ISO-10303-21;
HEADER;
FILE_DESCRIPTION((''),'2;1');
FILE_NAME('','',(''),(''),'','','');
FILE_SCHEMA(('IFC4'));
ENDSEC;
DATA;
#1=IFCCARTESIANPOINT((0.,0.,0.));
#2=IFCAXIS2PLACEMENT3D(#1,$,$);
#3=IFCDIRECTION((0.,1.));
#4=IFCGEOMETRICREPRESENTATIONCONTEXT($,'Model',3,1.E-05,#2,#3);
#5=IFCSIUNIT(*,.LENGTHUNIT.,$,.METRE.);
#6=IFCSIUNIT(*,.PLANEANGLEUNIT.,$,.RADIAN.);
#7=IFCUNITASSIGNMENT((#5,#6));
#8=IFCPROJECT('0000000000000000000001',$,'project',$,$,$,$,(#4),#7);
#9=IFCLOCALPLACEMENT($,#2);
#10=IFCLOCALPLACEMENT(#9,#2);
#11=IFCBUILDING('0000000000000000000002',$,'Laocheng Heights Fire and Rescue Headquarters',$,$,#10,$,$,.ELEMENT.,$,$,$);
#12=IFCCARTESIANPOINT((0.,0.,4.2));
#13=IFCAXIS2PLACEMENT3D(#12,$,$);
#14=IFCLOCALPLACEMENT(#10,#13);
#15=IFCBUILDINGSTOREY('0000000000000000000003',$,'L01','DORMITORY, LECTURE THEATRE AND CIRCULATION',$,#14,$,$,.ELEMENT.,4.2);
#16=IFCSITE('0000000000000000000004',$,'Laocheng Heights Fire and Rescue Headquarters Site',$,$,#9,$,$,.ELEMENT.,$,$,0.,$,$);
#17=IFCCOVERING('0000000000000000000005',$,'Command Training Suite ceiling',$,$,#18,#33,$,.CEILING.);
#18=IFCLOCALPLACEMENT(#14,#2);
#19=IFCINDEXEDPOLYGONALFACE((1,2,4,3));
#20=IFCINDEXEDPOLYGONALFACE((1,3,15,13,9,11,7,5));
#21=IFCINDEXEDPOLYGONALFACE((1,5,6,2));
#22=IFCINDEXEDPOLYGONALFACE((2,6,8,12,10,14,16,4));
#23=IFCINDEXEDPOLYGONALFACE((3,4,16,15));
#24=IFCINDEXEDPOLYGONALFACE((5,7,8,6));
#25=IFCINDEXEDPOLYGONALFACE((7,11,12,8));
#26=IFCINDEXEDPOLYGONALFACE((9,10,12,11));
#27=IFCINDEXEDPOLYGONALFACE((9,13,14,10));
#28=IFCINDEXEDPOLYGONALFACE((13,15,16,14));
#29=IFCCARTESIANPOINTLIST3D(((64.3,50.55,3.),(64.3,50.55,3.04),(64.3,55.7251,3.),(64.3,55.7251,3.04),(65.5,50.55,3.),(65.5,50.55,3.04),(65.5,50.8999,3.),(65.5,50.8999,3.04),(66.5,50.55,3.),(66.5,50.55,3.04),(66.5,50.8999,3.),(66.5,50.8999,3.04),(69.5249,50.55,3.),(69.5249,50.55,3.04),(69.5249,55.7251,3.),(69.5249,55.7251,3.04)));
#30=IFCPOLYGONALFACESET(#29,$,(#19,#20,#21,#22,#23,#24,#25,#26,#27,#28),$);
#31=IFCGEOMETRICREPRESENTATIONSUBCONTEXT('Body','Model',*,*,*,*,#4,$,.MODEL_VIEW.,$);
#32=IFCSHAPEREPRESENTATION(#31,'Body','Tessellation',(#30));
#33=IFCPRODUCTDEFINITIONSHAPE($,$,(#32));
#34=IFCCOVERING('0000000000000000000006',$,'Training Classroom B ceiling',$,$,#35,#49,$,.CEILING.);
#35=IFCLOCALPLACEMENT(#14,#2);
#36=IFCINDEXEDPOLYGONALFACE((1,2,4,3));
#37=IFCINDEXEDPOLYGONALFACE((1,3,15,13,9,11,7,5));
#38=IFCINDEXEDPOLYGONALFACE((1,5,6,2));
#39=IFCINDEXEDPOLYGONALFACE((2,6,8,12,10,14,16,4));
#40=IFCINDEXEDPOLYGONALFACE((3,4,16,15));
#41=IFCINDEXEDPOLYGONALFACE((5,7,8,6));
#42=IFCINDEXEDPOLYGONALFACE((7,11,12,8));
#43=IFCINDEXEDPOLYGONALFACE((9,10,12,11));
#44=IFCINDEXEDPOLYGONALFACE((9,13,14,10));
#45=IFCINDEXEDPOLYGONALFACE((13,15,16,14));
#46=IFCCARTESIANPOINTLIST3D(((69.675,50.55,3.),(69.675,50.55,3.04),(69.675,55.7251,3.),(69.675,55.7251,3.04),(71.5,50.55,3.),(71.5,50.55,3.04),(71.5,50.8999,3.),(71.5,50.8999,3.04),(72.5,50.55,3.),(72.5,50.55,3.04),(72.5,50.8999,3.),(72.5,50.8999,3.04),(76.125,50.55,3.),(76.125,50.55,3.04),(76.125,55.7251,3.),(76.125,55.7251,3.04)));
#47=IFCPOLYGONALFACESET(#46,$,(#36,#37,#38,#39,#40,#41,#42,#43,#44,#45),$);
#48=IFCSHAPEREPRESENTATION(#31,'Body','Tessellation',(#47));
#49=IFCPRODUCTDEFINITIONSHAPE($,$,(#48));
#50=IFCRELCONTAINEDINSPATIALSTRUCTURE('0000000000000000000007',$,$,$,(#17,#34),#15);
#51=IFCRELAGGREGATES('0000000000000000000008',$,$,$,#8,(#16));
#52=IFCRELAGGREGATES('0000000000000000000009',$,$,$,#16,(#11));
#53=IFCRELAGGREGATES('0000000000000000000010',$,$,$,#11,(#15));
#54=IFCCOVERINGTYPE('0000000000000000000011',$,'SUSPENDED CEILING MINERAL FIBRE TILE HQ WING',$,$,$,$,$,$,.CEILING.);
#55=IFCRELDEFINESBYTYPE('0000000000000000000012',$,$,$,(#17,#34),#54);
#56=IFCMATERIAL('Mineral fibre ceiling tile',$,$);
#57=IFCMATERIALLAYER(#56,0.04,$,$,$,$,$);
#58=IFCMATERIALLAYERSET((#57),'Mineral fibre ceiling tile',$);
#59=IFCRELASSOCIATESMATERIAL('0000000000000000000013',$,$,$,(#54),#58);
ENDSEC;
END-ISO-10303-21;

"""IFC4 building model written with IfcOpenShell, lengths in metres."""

from ifc_helpers import new_model, si_unit, direction, frame, origin, place, context, subcontext, project, spatial, polyline, outline, extrude, material, layer, layer_set, type_object, element, save


model = new_model("IFC4")

# Units and contexts
model_context = context("Model", 3, precision=1e-05, world=origin(), true_north=direction((0.0, 1.0)))
body_context = subcontext(model_context, "Body", "Model", "MODEL_VIEW")
ifc_project = project(units=[si_unit("LENGTHUNIT", "METRE"), si_unit("PLANEANGLEUNIT", "RADIAN")], contexts=[model_context])

# Site, building, storey
site_placement = place(None, origin())
site = spatial("IfcSite", under=ifc_project, at=site_placement, Name="Laocheng Heights Fire and Rescue Headquarters Site", CompositionType="ELEMENT", RefElevation=0.0)
building_placement = place(site_placement, origin())
building = spatial("IfcBuilding", under=site, at=building_placement, Name="Laocheng Heights Fire and Rescue Headquarters", CompositionType="ELEMENT")
storey_placement = place(building_placement, frame((0.0, 0.0, 4.2)))
storey = spatial("IfcBuildingStorey", under=building, at=storey_placement, Name="L01", Description="DORMITORY, LECTURE THEATRE AND CIRCULATION", CompositionType="ELEMENT", Elevation=4.2)

# Coverings
ifc_material_1 = material(Name="Mineral fibre ceiling tile")
ifc_layer_1 = layer(ifc_material_1, 0.04)
ifc_layer_set_1 = layer_set([ifc_layer_1], Name="Mineral fibre ceiling tile")
covering_type_1 = type_object("IfcCoveringType", Name="SUSPENDED CEILING MINERAL FIBRE TILE HQ WING", PredefinedType="CEILING", material=ifc_layer_set_1)
covering_1_placement = place(storey_placement, frame((0.0, 0.0, 3.0)))
element("IfcCovering", 1, at=covering_1_placement, inside=storey, type_object=covering_type_1, Name="Command Training Suite ceiling", PredefinedType="CEILING", context=body_context, shape_type="SweptSolid", body=[
    extrude(outline(polyline([(64.3, 55.7251), (69.5249, 55.7251), (69.5249, 50.55), (66.5, 50.55), (66.5, 50.8999), (65.5, 50.8999), (65.5, 50.55), (64.3, 50.55), (64.3, 55.7251)])), origin(), (0.0, 0.0, 1.0), 0.04),
])
covering_2_placement = place(storey_placement, frame((0.0, 0.0, 3.0)))
element("IfcCovering", 2, at=covering_2_placement, inside=storey, type_object=covering_type_1, Name="Training Classroom B ceiling", PredefinedType="CEILING", context=body_context, shape_type="SweptSolid", body=[
    extrude(outline(polyline([(69.675, 55.7251), (76.125, 55.7251), (76.125, 50.55), (72.5, 50.55), (72.5, 50.8999), (71.5, 50.8999), (71.5, 50.55), (69.675, 50.55), (69.675, 55.7251)])), origin(), (0.0, 0.0, 1.0), 0.04),
])

save(model, "model.ifc")
